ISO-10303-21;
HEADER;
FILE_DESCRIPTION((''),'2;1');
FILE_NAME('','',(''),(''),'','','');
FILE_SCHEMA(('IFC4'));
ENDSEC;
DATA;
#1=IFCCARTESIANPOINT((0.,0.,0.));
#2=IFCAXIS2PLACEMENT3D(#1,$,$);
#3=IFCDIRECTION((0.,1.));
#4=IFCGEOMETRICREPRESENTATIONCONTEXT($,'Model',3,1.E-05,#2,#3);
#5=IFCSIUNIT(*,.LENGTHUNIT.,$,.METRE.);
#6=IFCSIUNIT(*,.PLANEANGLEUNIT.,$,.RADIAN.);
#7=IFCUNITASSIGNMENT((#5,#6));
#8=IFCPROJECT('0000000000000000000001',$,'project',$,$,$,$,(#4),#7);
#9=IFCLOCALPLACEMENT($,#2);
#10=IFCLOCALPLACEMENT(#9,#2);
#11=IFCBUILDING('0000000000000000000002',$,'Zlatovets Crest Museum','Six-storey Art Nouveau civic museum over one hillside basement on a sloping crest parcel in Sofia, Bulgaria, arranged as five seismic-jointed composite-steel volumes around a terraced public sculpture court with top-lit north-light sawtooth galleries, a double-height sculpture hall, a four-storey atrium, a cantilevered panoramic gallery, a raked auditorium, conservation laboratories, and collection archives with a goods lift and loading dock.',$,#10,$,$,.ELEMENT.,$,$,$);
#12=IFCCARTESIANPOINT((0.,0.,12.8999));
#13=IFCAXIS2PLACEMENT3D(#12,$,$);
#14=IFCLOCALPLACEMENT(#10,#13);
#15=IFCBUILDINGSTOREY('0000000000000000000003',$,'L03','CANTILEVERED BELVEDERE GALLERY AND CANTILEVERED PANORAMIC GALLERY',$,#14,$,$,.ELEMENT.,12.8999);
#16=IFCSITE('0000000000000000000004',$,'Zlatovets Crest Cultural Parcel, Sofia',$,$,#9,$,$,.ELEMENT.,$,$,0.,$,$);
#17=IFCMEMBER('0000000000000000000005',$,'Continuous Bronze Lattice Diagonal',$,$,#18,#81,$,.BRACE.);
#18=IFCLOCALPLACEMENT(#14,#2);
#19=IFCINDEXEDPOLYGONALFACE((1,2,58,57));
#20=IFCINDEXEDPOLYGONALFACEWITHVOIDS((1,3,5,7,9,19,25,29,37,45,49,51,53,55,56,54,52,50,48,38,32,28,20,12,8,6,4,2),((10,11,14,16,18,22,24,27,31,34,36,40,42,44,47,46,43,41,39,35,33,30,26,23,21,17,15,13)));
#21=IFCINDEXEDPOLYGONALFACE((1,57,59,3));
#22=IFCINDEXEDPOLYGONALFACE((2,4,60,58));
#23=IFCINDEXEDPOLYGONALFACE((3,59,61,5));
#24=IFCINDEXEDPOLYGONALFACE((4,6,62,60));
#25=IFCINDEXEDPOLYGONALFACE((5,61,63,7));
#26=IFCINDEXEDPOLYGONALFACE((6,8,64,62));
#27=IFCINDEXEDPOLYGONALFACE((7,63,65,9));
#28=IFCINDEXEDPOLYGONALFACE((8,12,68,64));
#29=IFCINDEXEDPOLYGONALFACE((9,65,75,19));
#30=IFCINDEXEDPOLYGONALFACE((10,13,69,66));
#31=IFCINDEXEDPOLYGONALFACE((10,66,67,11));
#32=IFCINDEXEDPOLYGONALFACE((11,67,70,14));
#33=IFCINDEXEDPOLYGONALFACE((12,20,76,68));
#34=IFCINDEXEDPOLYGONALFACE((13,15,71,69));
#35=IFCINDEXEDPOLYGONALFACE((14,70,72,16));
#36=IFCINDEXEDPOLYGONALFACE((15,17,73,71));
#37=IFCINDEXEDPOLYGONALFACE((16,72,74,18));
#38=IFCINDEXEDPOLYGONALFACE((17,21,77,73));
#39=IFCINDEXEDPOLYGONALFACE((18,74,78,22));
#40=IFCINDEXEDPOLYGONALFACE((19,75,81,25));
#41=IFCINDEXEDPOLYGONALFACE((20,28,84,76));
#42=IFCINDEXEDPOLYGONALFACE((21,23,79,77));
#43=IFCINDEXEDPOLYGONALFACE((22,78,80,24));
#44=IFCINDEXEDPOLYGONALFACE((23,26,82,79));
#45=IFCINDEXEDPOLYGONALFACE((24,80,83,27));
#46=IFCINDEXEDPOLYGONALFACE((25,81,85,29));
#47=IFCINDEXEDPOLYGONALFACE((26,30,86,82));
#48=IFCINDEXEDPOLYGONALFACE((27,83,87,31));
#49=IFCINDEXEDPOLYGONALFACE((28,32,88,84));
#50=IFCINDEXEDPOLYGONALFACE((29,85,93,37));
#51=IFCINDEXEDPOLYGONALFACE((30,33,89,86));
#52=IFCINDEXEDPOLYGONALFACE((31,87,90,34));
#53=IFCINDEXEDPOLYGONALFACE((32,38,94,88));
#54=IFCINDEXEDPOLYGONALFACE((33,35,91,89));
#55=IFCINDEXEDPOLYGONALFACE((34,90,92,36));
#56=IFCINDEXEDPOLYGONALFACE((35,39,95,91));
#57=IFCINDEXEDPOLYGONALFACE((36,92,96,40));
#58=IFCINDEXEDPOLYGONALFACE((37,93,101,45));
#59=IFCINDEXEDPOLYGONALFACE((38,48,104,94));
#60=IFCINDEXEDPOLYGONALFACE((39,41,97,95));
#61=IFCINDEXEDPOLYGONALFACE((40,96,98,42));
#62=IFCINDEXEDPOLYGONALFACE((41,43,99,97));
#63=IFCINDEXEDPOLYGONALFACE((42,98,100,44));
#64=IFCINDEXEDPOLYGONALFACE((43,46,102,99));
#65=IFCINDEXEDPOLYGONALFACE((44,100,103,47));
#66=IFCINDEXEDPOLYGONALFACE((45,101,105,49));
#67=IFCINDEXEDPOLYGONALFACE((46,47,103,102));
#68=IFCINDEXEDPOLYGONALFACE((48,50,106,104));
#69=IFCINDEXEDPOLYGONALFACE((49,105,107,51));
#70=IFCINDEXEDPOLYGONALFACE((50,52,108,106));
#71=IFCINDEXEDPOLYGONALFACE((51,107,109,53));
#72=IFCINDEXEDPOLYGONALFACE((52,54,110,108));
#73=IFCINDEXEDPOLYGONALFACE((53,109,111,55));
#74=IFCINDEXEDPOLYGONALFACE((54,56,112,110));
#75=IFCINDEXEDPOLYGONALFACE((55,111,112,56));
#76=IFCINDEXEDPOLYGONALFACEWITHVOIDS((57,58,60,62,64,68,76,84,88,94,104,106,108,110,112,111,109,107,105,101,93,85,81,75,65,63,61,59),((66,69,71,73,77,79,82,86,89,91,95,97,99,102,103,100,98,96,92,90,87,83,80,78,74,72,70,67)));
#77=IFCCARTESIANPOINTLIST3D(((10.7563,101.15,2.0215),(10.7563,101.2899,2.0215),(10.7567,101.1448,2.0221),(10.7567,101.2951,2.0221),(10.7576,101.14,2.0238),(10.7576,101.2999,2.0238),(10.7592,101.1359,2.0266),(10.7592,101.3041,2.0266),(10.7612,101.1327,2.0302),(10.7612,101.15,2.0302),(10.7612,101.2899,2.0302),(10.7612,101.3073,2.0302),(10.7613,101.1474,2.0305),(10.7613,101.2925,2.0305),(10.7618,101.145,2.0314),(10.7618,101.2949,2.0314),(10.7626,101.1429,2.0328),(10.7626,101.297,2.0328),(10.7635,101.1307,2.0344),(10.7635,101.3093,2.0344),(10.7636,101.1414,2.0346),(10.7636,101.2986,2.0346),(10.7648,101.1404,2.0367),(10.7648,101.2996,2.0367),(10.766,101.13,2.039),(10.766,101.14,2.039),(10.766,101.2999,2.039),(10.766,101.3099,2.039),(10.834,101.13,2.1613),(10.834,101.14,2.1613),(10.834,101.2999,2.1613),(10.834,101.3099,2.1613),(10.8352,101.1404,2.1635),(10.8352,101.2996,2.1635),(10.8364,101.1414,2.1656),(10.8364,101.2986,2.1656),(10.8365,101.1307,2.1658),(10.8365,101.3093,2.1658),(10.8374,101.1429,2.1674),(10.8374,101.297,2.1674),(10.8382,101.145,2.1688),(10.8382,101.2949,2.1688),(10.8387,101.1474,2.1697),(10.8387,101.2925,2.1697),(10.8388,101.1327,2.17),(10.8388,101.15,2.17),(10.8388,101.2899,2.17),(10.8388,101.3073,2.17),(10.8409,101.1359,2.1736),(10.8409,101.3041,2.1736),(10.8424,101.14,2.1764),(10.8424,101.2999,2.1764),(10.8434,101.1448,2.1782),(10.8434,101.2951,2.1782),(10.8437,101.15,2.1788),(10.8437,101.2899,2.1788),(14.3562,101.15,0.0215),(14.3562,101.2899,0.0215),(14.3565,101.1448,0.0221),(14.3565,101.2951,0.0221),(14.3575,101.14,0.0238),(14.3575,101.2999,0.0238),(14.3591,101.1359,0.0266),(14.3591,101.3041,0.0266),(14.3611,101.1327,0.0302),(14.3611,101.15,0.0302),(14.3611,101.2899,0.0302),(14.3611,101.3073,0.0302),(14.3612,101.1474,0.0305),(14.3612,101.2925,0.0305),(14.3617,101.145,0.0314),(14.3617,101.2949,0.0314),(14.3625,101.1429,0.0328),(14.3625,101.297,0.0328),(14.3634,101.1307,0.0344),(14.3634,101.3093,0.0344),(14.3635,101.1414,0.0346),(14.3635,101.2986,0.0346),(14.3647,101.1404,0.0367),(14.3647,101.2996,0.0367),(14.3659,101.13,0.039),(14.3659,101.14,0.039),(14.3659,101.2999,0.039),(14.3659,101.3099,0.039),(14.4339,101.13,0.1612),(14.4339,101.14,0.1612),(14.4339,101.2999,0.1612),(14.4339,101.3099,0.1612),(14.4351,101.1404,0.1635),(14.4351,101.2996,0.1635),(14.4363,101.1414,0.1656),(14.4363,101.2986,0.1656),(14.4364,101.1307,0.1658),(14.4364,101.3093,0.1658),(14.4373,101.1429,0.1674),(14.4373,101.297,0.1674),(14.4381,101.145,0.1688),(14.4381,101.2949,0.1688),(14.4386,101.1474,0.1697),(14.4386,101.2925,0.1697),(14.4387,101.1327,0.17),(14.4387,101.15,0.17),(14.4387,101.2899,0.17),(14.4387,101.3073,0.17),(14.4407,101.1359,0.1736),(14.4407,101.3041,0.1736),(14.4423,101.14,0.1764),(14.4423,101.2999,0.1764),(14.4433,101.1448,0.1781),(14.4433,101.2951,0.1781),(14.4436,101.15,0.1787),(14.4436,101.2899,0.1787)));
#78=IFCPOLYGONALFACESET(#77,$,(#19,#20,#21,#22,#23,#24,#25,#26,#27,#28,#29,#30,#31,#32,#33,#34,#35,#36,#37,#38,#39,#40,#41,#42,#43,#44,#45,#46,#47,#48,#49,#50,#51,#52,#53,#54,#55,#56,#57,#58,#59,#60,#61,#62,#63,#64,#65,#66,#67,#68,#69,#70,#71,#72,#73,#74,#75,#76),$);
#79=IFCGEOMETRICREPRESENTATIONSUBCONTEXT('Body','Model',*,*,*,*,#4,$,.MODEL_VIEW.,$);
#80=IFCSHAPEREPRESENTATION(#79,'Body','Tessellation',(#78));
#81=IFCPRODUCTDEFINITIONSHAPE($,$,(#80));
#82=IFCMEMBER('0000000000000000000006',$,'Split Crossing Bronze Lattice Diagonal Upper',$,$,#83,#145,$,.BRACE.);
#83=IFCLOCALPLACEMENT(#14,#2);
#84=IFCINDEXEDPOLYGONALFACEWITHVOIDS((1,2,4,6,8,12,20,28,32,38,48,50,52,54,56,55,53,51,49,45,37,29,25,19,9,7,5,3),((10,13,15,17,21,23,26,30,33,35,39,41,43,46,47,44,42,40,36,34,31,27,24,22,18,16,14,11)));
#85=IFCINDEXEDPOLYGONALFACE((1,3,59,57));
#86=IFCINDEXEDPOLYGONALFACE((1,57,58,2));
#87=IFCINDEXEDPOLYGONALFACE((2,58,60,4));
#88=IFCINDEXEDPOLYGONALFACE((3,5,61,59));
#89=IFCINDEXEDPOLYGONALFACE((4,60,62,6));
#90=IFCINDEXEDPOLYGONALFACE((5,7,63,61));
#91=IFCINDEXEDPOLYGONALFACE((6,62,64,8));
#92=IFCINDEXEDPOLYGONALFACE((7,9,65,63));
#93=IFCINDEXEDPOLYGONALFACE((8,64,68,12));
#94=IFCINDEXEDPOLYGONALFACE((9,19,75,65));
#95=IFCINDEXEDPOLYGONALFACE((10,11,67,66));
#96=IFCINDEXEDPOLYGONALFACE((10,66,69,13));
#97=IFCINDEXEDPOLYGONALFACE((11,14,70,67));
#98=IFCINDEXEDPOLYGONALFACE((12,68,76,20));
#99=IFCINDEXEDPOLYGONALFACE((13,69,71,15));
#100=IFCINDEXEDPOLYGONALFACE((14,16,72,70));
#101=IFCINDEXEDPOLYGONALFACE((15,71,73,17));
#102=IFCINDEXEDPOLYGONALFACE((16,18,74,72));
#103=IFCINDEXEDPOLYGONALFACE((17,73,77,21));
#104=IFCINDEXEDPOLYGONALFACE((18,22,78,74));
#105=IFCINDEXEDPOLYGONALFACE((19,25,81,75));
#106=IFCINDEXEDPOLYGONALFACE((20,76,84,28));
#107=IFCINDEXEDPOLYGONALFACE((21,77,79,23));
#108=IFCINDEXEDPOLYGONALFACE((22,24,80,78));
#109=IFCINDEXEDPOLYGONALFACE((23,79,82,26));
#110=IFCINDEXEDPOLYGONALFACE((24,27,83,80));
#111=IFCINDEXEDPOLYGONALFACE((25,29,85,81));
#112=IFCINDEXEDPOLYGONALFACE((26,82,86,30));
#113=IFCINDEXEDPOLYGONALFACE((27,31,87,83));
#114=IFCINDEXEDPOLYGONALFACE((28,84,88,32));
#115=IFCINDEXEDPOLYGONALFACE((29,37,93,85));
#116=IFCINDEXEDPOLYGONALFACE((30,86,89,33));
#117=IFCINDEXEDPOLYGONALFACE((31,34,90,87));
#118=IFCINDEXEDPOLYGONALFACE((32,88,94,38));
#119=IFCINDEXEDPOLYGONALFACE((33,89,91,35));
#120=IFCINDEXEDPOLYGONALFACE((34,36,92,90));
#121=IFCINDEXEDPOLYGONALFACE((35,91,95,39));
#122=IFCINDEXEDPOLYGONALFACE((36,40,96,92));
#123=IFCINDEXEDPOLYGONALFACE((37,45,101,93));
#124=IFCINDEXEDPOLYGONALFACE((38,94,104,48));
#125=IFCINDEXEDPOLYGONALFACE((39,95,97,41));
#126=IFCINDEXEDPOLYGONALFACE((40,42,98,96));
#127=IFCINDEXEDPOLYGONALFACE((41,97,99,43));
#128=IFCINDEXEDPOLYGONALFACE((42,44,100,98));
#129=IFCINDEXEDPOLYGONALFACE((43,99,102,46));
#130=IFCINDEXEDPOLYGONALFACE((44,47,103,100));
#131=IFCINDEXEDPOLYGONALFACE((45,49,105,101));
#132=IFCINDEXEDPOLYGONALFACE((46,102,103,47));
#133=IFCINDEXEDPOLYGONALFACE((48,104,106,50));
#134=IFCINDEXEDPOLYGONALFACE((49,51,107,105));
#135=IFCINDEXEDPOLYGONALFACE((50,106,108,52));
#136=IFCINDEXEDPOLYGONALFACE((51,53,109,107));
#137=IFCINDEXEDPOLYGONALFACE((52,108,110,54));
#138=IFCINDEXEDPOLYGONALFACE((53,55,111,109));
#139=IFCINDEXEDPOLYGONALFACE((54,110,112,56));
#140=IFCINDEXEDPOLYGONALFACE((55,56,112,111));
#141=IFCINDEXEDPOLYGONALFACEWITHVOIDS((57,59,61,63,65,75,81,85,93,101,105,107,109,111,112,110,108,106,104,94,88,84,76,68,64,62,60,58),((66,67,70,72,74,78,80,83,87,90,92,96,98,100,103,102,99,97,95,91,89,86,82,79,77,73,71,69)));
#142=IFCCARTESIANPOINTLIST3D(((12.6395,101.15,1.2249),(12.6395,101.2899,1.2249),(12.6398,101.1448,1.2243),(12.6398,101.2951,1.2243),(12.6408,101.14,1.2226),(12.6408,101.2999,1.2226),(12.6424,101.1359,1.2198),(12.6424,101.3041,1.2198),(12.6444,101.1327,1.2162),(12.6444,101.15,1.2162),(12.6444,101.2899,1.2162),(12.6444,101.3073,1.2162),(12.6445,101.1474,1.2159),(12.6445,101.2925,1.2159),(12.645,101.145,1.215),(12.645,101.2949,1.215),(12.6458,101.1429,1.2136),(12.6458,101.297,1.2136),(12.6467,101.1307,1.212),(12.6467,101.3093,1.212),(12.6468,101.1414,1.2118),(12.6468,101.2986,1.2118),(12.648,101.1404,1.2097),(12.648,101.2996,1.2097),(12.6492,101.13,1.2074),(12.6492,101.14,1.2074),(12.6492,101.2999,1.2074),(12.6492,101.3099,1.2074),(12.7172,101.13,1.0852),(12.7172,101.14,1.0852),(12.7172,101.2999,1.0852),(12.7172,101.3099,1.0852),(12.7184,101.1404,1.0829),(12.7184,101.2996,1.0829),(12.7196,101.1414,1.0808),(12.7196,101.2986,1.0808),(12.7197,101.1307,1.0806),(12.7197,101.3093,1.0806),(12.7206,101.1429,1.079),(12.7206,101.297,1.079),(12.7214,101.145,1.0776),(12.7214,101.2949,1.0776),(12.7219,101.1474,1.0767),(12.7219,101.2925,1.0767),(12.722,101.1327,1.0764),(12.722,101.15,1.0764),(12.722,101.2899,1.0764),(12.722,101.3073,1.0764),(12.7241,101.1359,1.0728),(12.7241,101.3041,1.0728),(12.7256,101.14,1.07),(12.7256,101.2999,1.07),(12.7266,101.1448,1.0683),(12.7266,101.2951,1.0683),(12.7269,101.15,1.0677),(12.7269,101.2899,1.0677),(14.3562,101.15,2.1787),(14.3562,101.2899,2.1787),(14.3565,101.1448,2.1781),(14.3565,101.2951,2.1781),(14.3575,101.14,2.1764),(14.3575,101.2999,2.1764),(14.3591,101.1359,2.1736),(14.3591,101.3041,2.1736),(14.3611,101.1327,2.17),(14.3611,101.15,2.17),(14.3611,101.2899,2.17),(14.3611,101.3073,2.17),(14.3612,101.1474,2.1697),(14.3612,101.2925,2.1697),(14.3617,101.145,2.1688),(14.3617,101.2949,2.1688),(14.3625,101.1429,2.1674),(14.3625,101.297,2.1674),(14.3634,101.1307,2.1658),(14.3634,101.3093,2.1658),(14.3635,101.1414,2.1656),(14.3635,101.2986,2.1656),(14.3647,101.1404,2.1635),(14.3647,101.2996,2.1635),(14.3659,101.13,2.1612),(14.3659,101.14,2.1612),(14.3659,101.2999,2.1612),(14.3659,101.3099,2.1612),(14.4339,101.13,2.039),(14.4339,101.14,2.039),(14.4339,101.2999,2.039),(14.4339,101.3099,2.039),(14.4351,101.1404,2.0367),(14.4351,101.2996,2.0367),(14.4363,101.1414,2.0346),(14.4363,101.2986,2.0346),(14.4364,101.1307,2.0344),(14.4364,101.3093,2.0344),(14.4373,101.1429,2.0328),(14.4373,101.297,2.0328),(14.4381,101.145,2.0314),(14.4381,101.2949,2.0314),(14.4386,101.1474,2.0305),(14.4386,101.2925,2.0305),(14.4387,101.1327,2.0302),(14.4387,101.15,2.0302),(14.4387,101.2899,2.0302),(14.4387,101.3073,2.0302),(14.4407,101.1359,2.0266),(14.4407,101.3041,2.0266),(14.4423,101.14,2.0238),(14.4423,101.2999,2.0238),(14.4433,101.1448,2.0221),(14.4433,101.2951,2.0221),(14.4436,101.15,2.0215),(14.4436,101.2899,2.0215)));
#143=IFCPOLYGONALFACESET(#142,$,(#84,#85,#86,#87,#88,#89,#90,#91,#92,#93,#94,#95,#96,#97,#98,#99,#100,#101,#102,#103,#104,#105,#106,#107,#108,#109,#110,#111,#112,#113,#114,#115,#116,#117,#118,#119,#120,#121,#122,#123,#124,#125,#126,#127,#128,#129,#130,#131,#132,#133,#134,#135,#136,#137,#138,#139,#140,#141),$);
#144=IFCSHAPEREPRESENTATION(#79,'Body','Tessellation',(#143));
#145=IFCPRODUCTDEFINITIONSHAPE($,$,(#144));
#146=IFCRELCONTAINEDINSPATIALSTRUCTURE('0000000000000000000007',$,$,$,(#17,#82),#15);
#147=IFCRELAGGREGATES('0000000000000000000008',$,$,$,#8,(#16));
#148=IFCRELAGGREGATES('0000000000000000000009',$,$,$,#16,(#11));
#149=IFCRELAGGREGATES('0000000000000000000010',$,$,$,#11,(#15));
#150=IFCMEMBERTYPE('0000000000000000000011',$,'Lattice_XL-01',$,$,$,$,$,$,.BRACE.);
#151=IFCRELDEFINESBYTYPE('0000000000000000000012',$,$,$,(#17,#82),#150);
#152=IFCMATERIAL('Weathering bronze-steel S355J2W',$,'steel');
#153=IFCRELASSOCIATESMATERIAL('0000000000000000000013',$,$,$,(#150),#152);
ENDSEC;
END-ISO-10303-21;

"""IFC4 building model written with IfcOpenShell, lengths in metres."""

from ifc_helpers import new_model, si_unit, direction, frame, origin, origin_2d, place, context, subcontext, project, spatial, hollow_rectangle, extrude, material, material_profile, profile_set, type_object, element, save


model = new_model("IFC4")

# Units and contexts
model_context = context("Model", 3, precision=1e-05, world=origin(), true_north=direction((0.0, 1.0)))
body_context = subcontext(model_context, "Body", "Model", "MODEL_VIEW")
ifc_project = project(units=[si_unit("LENGTHUNIT", "METRE"), si_unit("PLANEANGLEUNIT", "RADIAN")], contexts=[model_context])

# Site, building, storey
site_placement = place(None, origin())
site = spatial("IfcSite", under=ifc_project, at=site_placement, Name="Zlatovets Crest Cultural Parcel, Sofia", CompositionType="ELEMENT", RefElevation=0.0)
building_placement = place(site_placement, origin())
building = spatial("IfcBuilding", under=site, at=building_placement, Name="Zlatovets Crest Museum", Description="Six-storey Art Nouveau civic museum over one hillside basement on a sloping crest parcel in Sofia, Bulgaria, arranged as five seismic-jointed composite-steel volumes around a terraced public sculpture court with top-lit north-light sawtooth galleries, a double-height sculpture hall, a four-storey atrium, a cantilevered panoramic gallery, a raked auditorium, conservation laboratories, and collection archives with a goods lift and loading dock.", CompositionType="ELEMENT")
storey_placement = place(building_placement, frame((0.0, 0.0, 12.8999)))
storey = spatial("IfcBuildingStorey", under=building, at=storey_placement, Name="L03", Description="CANTILEVERED BELVEDERE GALLERY AND CANTILEVERED PANORAMIC GALLERY", CompositionType="ELEMENT", Elevation=12.8999)

# Members
ifc_material_1 = material(Name="Weathering bronze-steel S355J2W", Category="steel")
ifc_material_profile_1 = material_profile(ifc_material_1, hollow_rectangle(XDim=0.1799, YDim=0.1799, WallThickness=0.01, InnerFilletRadius=0.01, OuterFilletRadius=0.02, at=origin_2d()), Name="SHS 180x180x10.0")
ifc_profile_set_1 = profile_set([ifc_material_profile_1], Name="Weathering bronze-steel S355J2W")
member_type_1 = type_object("IfcMemberType", Name="Lattice_XL-01", PredefinedType="BRACE", material=ifc_profile_set_1)
member_1_placement = place(storey_placement, frame((14.3999, 101.22, 0.1001), z_axis=(-0.874149, 0.0, 0.485658), x_axis=(0.0, -1.0, 0.0)))
element("IfcMember", 1, at=member_1_placement, inside=storey, type_object=member_type_1, Name="Continuous Bronze Lattice Diagonal", PredefinedType="BRACE", context=body_context, shape_type="SweptSolid", body=[
    extrude(hollow_rectangle(XDim=0.1799, YDim=0.1799, WallThickness=0.01, InnerFilletRadius=0.01, OuterFilletRadius=0.02, at=origin_2d()), origin(), (0.0, 0.0, 1.0), 4.1182),
])
member_2_placement = place(storey_placement, frame((14.3999, 101.22, 2.1001), z_axis=(-0.87414, 0.0, -0.485675), x_axis=(0.0, -1.0, 0.0)))
element("IfcMember", 2, at=member_2_placement, inside=storey, type_object=member_type_1, Name="Split Crossing Bronze Lattice Diagonal Upper", PredefinedType="BRACE", context=body_context, shape_type="SweptSolid", body=[
    extrude(hollow_rectangle(XDim=0.1799, YDim=0.1799, WallThickness=0.01, InnerFilletRadius=0.01, OuterFilletRadius=0.02, at=origin_2d()), origin(), (0.0, 0.0, 1.0), 1.9639),
])

save(model, "model.ifc")
